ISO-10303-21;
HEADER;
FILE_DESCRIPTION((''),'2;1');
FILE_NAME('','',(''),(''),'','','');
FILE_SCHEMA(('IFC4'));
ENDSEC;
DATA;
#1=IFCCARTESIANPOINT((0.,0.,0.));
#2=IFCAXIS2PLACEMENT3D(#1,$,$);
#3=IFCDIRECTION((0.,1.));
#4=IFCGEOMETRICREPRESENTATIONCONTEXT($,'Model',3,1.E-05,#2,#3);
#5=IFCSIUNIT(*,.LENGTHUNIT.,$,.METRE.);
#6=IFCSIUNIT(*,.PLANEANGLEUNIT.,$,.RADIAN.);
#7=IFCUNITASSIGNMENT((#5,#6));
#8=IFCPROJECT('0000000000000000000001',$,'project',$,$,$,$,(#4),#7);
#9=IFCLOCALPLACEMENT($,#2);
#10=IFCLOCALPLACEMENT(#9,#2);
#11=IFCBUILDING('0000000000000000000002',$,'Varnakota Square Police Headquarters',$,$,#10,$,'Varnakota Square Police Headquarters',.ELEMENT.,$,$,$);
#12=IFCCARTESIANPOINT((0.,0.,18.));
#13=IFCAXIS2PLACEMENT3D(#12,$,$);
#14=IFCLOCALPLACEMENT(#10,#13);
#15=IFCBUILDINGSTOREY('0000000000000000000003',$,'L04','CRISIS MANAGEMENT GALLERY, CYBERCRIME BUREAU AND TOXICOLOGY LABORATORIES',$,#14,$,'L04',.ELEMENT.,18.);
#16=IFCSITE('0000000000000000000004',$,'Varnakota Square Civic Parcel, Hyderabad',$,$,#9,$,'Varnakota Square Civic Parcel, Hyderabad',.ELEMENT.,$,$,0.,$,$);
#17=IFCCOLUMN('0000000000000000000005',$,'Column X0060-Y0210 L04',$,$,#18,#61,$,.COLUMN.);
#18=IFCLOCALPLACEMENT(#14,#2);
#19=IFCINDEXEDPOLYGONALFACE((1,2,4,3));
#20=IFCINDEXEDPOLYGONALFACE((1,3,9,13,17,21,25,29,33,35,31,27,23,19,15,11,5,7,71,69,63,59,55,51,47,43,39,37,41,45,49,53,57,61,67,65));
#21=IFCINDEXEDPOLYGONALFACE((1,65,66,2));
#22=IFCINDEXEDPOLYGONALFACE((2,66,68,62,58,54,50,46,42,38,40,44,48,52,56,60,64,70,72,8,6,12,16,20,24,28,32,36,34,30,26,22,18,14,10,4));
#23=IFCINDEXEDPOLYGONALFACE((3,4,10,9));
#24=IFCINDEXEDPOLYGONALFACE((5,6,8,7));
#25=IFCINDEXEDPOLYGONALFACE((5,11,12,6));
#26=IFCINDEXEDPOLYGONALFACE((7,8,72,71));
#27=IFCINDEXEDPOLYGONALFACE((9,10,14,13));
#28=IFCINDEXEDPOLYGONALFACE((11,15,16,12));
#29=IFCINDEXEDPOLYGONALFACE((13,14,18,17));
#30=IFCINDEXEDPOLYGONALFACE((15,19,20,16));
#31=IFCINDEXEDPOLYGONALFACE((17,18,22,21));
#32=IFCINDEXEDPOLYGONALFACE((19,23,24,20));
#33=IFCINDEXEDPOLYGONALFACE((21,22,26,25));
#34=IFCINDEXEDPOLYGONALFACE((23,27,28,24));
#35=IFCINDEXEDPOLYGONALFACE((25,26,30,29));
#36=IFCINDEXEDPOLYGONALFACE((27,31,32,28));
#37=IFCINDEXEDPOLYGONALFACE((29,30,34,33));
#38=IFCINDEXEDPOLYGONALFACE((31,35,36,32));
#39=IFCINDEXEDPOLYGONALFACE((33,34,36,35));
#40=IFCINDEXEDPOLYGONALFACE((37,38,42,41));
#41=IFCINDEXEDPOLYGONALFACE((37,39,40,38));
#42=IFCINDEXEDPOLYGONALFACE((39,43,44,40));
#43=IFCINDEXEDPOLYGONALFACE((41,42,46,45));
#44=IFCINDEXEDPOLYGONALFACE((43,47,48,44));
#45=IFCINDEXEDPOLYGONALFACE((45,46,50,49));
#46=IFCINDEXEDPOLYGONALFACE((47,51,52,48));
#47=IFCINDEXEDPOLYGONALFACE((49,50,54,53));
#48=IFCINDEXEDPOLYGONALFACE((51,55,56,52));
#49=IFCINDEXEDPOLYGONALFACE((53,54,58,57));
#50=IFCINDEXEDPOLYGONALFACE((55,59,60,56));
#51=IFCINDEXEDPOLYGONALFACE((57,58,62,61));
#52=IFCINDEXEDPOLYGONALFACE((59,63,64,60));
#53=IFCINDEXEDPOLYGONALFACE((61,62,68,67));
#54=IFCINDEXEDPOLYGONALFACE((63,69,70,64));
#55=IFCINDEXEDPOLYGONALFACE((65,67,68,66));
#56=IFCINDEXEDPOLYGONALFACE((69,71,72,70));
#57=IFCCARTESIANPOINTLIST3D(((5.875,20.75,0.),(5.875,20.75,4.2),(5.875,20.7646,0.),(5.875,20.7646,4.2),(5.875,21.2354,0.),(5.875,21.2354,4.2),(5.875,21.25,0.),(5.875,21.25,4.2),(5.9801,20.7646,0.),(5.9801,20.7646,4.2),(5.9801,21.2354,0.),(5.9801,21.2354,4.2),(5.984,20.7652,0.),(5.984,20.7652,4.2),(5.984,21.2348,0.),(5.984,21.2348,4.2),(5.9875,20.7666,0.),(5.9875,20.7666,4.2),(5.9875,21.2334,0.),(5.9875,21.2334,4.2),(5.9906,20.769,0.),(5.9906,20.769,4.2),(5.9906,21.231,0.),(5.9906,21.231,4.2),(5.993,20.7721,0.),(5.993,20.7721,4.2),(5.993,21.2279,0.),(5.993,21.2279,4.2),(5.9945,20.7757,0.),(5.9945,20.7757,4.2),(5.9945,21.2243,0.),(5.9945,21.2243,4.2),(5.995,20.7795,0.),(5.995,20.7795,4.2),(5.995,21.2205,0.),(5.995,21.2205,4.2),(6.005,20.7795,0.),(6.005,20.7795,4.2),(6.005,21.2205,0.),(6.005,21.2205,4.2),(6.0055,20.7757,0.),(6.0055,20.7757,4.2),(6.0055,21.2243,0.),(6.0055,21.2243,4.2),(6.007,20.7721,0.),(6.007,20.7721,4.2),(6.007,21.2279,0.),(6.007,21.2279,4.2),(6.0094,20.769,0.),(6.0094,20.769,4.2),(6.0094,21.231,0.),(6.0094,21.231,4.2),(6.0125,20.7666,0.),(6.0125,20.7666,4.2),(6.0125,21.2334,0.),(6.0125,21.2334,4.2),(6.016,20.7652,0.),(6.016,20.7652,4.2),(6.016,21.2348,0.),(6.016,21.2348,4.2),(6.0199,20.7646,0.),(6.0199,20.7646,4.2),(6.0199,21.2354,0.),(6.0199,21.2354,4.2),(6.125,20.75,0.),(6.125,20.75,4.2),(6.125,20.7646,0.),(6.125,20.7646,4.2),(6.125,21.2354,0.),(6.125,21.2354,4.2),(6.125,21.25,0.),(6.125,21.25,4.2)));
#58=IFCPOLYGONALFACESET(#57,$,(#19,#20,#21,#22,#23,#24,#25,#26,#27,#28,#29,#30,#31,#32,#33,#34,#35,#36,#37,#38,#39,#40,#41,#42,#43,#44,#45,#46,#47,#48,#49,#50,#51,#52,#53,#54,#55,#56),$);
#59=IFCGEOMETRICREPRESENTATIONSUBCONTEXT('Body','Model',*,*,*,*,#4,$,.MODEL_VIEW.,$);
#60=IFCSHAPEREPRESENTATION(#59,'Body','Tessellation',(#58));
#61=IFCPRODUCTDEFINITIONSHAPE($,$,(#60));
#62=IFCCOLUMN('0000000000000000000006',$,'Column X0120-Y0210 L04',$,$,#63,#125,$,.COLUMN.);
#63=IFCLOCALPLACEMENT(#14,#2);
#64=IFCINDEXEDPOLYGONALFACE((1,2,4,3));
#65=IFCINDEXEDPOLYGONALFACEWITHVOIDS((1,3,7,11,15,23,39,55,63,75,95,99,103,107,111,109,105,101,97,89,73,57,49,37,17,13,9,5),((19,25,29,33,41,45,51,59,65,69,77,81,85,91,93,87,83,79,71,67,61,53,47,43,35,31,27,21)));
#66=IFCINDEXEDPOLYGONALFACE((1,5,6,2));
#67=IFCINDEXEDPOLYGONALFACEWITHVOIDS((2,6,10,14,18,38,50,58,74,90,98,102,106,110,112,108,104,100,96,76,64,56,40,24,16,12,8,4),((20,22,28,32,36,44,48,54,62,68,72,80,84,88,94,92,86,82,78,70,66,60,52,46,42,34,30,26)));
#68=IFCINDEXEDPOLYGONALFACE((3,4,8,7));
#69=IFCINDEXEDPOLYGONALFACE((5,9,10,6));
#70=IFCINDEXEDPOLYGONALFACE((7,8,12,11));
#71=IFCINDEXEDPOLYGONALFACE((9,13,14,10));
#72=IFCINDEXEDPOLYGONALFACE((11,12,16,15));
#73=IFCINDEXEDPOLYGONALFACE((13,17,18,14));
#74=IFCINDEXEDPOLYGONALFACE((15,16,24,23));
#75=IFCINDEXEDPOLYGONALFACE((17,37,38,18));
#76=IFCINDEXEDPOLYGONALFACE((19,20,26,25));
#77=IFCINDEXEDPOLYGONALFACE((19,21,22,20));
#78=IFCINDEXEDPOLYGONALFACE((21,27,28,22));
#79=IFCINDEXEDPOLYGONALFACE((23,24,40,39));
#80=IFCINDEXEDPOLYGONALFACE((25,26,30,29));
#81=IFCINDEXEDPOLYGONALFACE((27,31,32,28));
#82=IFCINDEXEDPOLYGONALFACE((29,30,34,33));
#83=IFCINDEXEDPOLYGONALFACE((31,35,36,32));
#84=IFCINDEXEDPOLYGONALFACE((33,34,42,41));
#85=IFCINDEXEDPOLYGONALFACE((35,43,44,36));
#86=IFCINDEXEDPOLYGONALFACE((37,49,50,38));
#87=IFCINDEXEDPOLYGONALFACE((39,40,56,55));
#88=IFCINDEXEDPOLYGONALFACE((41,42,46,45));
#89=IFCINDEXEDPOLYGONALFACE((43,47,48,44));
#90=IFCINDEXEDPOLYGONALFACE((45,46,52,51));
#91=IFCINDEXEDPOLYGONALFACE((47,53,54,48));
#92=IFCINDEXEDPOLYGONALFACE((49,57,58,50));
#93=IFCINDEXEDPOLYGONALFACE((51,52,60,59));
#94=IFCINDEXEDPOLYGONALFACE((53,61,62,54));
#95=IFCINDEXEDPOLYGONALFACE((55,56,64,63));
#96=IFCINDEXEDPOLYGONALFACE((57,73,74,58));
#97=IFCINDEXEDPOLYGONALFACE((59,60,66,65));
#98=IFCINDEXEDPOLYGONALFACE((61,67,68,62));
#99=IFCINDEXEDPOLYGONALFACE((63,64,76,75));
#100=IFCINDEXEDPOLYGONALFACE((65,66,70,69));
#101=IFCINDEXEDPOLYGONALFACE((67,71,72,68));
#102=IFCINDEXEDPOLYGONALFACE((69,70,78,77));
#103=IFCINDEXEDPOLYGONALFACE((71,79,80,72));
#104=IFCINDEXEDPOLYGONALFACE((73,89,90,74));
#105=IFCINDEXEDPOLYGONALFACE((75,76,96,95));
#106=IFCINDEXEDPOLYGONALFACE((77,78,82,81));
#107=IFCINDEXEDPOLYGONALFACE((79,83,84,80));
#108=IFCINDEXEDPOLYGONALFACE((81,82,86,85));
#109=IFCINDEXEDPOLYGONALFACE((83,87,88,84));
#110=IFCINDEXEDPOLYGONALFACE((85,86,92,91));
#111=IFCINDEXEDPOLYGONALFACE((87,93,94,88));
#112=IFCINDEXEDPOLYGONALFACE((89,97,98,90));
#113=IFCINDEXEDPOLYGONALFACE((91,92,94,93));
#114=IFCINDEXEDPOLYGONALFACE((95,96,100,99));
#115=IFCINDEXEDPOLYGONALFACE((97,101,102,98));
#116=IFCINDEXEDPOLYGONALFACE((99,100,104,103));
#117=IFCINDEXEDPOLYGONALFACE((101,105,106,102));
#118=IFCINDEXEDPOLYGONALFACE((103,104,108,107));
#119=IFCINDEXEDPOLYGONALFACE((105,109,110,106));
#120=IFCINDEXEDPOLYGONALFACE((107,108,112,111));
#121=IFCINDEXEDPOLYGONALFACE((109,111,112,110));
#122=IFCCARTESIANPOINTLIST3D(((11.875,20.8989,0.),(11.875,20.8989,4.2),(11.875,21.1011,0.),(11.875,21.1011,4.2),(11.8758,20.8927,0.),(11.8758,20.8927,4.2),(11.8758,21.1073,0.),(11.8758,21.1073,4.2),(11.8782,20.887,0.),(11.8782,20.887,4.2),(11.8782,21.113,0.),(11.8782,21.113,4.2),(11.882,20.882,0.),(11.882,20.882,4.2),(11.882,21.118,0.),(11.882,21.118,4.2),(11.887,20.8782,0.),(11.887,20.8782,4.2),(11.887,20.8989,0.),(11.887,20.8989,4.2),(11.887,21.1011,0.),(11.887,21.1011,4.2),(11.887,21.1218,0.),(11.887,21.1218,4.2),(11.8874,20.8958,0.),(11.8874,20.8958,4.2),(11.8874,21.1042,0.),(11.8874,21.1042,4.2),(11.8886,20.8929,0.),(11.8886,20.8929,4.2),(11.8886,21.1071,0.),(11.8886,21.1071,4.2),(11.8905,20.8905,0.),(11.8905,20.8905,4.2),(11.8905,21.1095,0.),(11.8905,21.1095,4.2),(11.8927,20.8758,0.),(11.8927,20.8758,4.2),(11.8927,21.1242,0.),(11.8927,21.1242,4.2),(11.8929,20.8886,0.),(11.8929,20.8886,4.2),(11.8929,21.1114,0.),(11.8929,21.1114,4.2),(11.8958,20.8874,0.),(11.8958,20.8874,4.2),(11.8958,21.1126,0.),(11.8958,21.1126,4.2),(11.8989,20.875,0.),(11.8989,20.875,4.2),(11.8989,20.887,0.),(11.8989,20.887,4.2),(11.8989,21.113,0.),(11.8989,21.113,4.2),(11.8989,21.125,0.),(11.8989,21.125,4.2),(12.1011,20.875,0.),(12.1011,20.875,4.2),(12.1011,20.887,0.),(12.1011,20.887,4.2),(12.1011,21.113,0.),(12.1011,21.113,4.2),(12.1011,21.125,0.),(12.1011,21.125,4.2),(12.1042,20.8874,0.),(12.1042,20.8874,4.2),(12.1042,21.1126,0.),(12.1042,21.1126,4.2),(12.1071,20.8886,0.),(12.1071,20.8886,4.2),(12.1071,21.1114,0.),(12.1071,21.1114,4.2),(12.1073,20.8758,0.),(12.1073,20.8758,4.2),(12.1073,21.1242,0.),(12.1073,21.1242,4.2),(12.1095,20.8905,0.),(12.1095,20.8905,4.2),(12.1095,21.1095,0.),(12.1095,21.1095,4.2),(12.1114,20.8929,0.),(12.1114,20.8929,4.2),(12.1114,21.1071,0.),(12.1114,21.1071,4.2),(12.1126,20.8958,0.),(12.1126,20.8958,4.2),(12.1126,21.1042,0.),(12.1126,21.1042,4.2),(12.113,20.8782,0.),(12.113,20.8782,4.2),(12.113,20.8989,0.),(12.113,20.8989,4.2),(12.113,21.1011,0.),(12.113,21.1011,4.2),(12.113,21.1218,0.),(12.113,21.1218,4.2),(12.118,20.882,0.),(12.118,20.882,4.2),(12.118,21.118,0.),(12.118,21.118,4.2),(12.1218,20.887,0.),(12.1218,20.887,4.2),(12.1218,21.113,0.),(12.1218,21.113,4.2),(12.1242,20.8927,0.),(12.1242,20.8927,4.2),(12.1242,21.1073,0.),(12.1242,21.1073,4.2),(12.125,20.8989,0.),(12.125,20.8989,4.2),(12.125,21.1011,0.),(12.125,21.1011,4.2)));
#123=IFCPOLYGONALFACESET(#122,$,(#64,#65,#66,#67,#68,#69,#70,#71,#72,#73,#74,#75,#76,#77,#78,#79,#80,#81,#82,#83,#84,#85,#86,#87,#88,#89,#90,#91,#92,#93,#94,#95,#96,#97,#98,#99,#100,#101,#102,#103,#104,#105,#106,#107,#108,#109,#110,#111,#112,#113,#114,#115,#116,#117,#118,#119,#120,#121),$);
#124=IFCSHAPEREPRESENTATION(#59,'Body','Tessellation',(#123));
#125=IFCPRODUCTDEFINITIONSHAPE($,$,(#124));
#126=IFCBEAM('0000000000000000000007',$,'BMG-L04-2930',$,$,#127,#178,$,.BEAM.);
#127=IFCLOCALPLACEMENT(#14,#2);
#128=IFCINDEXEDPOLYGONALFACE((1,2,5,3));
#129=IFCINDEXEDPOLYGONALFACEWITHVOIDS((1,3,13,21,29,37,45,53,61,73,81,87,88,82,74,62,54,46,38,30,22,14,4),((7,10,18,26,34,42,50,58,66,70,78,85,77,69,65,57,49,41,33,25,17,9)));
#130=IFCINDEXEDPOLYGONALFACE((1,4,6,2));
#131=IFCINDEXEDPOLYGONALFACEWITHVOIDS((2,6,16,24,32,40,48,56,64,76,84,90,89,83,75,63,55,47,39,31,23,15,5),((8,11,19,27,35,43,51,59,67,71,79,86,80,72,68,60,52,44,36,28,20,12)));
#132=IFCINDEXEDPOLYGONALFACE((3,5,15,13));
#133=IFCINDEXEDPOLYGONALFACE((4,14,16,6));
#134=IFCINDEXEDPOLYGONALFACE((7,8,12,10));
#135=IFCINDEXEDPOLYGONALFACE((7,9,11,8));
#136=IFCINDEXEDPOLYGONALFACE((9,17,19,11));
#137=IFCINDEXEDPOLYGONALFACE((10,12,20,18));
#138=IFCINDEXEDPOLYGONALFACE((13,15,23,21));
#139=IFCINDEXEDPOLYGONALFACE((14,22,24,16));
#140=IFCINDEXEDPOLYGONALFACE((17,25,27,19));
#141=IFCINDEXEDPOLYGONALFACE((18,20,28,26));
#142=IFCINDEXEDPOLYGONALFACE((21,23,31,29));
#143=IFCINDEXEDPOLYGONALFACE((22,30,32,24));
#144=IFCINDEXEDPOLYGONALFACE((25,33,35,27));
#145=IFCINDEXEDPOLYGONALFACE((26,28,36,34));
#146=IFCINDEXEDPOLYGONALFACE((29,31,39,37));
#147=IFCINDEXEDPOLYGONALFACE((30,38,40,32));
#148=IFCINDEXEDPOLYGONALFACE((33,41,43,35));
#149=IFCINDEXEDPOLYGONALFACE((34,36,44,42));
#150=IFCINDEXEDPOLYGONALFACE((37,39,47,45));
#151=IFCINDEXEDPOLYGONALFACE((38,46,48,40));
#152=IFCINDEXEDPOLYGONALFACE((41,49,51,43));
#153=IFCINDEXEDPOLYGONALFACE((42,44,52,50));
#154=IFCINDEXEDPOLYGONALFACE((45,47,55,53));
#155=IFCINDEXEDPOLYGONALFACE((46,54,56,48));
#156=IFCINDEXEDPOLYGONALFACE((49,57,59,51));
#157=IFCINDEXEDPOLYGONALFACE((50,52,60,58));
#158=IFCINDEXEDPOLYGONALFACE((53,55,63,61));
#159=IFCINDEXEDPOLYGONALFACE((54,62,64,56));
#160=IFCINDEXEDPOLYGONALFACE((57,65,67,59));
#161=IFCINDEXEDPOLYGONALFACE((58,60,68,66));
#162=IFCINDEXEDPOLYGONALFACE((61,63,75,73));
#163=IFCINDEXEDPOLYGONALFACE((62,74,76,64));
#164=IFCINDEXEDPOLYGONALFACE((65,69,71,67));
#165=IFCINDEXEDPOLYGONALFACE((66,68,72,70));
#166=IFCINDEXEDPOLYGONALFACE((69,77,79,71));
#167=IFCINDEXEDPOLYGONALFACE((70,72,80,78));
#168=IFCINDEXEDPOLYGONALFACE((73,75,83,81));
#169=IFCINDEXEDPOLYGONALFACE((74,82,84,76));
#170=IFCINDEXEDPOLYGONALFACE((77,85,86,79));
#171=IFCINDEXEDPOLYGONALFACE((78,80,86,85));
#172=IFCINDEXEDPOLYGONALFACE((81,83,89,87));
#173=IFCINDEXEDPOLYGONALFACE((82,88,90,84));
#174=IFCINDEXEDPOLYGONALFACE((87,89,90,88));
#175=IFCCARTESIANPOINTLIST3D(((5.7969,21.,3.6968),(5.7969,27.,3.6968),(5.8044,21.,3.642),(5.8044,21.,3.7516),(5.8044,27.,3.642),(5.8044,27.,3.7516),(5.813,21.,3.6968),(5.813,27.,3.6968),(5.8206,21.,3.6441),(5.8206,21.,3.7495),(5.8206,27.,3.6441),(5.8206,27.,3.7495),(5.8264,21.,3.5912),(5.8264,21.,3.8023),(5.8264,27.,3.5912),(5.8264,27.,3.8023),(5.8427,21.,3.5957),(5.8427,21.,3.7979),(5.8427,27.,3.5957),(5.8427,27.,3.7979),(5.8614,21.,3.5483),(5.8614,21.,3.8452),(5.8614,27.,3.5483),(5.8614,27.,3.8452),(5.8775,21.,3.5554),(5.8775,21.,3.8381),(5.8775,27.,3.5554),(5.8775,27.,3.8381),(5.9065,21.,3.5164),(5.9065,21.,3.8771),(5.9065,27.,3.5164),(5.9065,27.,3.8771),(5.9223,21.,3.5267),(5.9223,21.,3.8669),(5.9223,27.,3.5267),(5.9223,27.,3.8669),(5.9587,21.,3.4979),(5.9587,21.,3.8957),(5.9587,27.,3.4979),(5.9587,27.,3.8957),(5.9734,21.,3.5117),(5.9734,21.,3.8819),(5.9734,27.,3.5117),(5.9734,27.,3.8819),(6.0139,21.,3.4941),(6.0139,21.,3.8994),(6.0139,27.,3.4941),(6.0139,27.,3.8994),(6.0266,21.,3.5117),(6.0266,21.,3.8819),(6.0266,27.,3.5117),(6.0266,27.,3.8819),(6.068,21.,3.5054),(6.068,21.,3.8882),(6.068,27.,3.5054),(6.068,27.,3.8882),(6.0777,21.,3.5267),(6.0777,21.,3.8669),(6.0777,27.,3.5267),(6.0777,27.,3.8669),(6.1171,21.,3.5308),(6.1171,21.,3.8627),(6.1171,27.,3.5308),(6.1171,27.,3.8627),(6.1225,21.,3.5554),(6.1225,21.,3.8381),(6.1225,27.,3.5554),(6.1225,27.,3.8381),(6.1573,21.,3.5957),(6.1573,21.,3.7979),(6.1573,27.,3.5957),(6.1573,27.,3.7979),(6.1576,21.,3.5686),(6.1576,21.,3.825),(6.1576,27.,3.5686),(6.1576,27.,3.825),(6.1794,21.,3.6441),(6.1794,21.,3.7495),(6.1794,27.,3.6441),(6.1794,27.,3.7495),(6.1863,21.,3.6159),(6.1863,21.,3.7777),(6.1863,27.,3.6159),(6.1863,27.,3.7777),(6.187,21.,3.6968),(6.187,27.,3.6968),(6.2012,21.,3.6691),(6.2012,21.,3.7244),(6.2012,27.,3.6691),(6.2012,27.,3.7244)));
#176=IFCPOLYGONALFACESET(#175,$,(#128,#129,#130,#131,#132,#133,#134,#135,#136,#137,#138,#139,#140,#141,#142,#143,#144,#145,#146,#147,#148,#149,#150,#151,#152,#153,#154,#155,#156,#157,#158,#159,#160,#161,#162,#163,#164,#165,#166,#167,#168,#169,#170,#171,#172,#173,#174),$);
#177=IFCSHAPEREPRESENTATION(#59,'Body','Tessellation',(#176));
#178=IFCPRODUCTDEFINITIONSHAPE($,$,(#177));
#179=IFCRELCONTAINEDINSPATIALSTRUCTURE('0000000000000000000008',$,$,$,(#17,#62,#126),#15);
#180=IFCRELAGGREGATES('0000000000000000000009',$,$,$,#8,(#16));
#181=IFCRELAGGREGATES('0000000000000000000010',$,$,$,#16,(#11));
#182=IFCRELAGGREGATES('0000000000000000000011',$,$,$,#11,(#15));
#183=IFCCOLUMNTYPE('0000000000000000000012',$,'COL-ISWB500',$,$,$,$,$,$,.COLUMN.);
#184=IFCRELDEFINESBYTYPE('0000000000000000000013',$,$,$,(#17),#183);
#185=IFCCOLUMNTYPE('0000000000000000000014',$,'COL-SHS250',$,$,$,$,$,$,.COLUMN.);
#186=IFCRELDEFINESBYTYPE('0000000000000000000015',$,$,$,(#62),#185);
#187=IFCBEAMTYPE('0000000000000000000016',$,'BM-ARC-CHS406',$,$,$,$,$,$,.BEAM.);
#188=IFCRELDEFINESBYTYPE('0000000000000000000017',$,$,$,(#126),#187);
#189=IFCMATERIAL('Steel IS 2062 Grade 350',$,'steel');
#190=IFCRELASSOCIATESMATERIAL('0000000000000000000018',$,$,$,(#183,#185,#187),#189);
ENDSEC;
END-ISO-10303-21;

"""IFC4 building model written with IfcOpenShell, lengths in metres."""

from ifc_helpers import new_model, si_unit, direction, frame, origin, origin_2d, place, context, subcontext, project, spatial, hollow_rectangle, hollow_circle, i_section, extrude, material, material_profile, profile_set, type_object, element, save


model = new_model("IFC4")

# Units and contexts
model_context = context("Model", 3, precision=1e-05, world=origin(), true_north=direction((0.0, 1.0)))
body_context = subcontext(model_context, "Body", "Model", "MODEL_VIEW")
ifc_project = project(units=[si_unit("LENGTHUNIT", "METRE"), si_unit("PLANEANGLEUNIT", "RADIAN")], contexts=[model_context])

# Site, building, storey
site_placement = place(None, origin())
site = spatial("IfcSite", under=ifc_project, at=site_placement, Name="Varnakota Square Civic Parcel, Hyderabad", LongName="Varnakota Square Civic Parcel, Hyderabad", CompositionType="ELEMENT", RefElevation=0.0)
building_placement = place(site_placement, origin())
building = spatial("IfcBuilding", under=site, at=building_placement, Name="Varnakota Square Police Headquarters", LongName="Varnakota Square Police Headquarters", CompositionType="ELEMENT")
storey_placement = place(building_placement, frame((0.0, 0.0, 18.0)))
storey = spatial("IfcBuildingStorey", under=building, at=storey_placement, Name="L04", Description="CRISIS MANAGEMENT GALLERY, CYBERCRIME BUREAU AND TOXICOLOGY LABORATORIES", LongName="L04", CompositionType="ELEMENT", Elevation=18.0)

# Columns
ifc_material_1 = material(Name="Steel IS 2062 Grade 350", Category="steel")
ifc_material_profile_1 = material_profile(ifc_material_1, i_section(OverallWidth=0.25, OverallDepth=0.5, WebThickness=0.01, FlangeThickness=0.0146, FilletRadius=0.0149, at=origin_2d()), Name="ISWB 500")
ifc_profile_set_1 = profile_set([ifc_material_profile_1], Name="Steel IS 2062 Grade 350")
column_type_1 = type_object("IfcColumnType", Name="COL-ISWB500", PredefinedType="COLUMN", material=ifc_profile_set_1)
column_1_placement = place(storey_placement, frame((6.0, 21.0, 0.0), z_axis=(0.0, 0.0, 1.0), x_axis=(1.0, 0.0, 0.0)))
element("IfcColumn", 1, at=column_1_placement, inside=storey, type_object=column_type_1, Name="Column X0060-Y0210 L04", PredefinedType="COLUMN", context=body_context, shape_type="SweptSolid", body=[
    extrude(i_section(OverallWidth=0.25, OverallDepth=0.5, WebThickness=0.01, FlangeThickness=0.0146, FilletRadius=0.0149, at=origin_2d()), origin(), (0.0, 0.0, 1.0), 4.2),
])
ifc_material_profile_2 = material_profile(ifc_material_1, hollow_rectangle(XDim=0.25, YDim=0.25, WallThickness=0.012, InnerFilletRadius=0.012, OuterFilletRadius=0.0239, at=origin_2d()), Name="SHS 250x250x12")
ifc_profile_set_2 = profile_set([ifc_material_profile_2], Name="Steel IS 2062 Grade 350")
column_type_2 = type_object("IfcColumnType", Name="COL-SHS250", PredefinedType="COLUMN", material=ifc_profile_set_2)
column_2_placement = place(storey_placement, frame((12.0, 21.0, 0.0), z_axis=(0.0, 0.0, 1.0), x_axis=(1.0, 0.0, 0.0)))
element("IfcColumn", 2, at=column_2_placement, inside=storey, type_object=column_type_2, Name="Column X0120-Y0210 L04", PredefinedType="COLUMN", context=body_context, shape_type="SweptSolid", body=[
    extrude(hollow_rectangle(XDim=0.25, YDim=0.25, WallThickness=0.012, InnerFilletRadius=0.012, OuterFilletRadius=0.0239, at=origin_2d()), origin(), (0.0, 0.0, 1.0), 4.2),
])

# Beam
ifc_material_profile_3 = material_profile(ifc_material_1, hollow_circle(Radius=0.2031, WallThickness=0.0161, at=origin_2d()), Name="CHS 406.4x16.0")
ifc_profile_set_3 = profile_set([ifc_material_profile_3], Name="Steel IS 2062 Grade 350")
beam_type_1 = type_object("IfcBeamType", Name="BM-ARC-CHS406", PredefinedType="BEAM", material=ifc_profile_set_3)
beam_1_placement = place(storey_placement, frame((6.0, 21.0, 3.6968), z_axis=(0.0, 1.0, 0.0), x_axis=(-1.0, 0.0, 0.0)))
element("IfcBeam", 3, at=beam_1_placement, inside=storey, type_object=beam_type_1, Name="BMG-L04-2930", PredefinedType="BEAM", context=body_context, shape_type="SweptSolid", body=[
    extrude(hollow_circle(Radius=0.2031, WallThickness=0.0161, at=origin_2d()), origin(), (0.0, 0.0, 1.0), 6.0),
])

save(model, "model.ifc")
